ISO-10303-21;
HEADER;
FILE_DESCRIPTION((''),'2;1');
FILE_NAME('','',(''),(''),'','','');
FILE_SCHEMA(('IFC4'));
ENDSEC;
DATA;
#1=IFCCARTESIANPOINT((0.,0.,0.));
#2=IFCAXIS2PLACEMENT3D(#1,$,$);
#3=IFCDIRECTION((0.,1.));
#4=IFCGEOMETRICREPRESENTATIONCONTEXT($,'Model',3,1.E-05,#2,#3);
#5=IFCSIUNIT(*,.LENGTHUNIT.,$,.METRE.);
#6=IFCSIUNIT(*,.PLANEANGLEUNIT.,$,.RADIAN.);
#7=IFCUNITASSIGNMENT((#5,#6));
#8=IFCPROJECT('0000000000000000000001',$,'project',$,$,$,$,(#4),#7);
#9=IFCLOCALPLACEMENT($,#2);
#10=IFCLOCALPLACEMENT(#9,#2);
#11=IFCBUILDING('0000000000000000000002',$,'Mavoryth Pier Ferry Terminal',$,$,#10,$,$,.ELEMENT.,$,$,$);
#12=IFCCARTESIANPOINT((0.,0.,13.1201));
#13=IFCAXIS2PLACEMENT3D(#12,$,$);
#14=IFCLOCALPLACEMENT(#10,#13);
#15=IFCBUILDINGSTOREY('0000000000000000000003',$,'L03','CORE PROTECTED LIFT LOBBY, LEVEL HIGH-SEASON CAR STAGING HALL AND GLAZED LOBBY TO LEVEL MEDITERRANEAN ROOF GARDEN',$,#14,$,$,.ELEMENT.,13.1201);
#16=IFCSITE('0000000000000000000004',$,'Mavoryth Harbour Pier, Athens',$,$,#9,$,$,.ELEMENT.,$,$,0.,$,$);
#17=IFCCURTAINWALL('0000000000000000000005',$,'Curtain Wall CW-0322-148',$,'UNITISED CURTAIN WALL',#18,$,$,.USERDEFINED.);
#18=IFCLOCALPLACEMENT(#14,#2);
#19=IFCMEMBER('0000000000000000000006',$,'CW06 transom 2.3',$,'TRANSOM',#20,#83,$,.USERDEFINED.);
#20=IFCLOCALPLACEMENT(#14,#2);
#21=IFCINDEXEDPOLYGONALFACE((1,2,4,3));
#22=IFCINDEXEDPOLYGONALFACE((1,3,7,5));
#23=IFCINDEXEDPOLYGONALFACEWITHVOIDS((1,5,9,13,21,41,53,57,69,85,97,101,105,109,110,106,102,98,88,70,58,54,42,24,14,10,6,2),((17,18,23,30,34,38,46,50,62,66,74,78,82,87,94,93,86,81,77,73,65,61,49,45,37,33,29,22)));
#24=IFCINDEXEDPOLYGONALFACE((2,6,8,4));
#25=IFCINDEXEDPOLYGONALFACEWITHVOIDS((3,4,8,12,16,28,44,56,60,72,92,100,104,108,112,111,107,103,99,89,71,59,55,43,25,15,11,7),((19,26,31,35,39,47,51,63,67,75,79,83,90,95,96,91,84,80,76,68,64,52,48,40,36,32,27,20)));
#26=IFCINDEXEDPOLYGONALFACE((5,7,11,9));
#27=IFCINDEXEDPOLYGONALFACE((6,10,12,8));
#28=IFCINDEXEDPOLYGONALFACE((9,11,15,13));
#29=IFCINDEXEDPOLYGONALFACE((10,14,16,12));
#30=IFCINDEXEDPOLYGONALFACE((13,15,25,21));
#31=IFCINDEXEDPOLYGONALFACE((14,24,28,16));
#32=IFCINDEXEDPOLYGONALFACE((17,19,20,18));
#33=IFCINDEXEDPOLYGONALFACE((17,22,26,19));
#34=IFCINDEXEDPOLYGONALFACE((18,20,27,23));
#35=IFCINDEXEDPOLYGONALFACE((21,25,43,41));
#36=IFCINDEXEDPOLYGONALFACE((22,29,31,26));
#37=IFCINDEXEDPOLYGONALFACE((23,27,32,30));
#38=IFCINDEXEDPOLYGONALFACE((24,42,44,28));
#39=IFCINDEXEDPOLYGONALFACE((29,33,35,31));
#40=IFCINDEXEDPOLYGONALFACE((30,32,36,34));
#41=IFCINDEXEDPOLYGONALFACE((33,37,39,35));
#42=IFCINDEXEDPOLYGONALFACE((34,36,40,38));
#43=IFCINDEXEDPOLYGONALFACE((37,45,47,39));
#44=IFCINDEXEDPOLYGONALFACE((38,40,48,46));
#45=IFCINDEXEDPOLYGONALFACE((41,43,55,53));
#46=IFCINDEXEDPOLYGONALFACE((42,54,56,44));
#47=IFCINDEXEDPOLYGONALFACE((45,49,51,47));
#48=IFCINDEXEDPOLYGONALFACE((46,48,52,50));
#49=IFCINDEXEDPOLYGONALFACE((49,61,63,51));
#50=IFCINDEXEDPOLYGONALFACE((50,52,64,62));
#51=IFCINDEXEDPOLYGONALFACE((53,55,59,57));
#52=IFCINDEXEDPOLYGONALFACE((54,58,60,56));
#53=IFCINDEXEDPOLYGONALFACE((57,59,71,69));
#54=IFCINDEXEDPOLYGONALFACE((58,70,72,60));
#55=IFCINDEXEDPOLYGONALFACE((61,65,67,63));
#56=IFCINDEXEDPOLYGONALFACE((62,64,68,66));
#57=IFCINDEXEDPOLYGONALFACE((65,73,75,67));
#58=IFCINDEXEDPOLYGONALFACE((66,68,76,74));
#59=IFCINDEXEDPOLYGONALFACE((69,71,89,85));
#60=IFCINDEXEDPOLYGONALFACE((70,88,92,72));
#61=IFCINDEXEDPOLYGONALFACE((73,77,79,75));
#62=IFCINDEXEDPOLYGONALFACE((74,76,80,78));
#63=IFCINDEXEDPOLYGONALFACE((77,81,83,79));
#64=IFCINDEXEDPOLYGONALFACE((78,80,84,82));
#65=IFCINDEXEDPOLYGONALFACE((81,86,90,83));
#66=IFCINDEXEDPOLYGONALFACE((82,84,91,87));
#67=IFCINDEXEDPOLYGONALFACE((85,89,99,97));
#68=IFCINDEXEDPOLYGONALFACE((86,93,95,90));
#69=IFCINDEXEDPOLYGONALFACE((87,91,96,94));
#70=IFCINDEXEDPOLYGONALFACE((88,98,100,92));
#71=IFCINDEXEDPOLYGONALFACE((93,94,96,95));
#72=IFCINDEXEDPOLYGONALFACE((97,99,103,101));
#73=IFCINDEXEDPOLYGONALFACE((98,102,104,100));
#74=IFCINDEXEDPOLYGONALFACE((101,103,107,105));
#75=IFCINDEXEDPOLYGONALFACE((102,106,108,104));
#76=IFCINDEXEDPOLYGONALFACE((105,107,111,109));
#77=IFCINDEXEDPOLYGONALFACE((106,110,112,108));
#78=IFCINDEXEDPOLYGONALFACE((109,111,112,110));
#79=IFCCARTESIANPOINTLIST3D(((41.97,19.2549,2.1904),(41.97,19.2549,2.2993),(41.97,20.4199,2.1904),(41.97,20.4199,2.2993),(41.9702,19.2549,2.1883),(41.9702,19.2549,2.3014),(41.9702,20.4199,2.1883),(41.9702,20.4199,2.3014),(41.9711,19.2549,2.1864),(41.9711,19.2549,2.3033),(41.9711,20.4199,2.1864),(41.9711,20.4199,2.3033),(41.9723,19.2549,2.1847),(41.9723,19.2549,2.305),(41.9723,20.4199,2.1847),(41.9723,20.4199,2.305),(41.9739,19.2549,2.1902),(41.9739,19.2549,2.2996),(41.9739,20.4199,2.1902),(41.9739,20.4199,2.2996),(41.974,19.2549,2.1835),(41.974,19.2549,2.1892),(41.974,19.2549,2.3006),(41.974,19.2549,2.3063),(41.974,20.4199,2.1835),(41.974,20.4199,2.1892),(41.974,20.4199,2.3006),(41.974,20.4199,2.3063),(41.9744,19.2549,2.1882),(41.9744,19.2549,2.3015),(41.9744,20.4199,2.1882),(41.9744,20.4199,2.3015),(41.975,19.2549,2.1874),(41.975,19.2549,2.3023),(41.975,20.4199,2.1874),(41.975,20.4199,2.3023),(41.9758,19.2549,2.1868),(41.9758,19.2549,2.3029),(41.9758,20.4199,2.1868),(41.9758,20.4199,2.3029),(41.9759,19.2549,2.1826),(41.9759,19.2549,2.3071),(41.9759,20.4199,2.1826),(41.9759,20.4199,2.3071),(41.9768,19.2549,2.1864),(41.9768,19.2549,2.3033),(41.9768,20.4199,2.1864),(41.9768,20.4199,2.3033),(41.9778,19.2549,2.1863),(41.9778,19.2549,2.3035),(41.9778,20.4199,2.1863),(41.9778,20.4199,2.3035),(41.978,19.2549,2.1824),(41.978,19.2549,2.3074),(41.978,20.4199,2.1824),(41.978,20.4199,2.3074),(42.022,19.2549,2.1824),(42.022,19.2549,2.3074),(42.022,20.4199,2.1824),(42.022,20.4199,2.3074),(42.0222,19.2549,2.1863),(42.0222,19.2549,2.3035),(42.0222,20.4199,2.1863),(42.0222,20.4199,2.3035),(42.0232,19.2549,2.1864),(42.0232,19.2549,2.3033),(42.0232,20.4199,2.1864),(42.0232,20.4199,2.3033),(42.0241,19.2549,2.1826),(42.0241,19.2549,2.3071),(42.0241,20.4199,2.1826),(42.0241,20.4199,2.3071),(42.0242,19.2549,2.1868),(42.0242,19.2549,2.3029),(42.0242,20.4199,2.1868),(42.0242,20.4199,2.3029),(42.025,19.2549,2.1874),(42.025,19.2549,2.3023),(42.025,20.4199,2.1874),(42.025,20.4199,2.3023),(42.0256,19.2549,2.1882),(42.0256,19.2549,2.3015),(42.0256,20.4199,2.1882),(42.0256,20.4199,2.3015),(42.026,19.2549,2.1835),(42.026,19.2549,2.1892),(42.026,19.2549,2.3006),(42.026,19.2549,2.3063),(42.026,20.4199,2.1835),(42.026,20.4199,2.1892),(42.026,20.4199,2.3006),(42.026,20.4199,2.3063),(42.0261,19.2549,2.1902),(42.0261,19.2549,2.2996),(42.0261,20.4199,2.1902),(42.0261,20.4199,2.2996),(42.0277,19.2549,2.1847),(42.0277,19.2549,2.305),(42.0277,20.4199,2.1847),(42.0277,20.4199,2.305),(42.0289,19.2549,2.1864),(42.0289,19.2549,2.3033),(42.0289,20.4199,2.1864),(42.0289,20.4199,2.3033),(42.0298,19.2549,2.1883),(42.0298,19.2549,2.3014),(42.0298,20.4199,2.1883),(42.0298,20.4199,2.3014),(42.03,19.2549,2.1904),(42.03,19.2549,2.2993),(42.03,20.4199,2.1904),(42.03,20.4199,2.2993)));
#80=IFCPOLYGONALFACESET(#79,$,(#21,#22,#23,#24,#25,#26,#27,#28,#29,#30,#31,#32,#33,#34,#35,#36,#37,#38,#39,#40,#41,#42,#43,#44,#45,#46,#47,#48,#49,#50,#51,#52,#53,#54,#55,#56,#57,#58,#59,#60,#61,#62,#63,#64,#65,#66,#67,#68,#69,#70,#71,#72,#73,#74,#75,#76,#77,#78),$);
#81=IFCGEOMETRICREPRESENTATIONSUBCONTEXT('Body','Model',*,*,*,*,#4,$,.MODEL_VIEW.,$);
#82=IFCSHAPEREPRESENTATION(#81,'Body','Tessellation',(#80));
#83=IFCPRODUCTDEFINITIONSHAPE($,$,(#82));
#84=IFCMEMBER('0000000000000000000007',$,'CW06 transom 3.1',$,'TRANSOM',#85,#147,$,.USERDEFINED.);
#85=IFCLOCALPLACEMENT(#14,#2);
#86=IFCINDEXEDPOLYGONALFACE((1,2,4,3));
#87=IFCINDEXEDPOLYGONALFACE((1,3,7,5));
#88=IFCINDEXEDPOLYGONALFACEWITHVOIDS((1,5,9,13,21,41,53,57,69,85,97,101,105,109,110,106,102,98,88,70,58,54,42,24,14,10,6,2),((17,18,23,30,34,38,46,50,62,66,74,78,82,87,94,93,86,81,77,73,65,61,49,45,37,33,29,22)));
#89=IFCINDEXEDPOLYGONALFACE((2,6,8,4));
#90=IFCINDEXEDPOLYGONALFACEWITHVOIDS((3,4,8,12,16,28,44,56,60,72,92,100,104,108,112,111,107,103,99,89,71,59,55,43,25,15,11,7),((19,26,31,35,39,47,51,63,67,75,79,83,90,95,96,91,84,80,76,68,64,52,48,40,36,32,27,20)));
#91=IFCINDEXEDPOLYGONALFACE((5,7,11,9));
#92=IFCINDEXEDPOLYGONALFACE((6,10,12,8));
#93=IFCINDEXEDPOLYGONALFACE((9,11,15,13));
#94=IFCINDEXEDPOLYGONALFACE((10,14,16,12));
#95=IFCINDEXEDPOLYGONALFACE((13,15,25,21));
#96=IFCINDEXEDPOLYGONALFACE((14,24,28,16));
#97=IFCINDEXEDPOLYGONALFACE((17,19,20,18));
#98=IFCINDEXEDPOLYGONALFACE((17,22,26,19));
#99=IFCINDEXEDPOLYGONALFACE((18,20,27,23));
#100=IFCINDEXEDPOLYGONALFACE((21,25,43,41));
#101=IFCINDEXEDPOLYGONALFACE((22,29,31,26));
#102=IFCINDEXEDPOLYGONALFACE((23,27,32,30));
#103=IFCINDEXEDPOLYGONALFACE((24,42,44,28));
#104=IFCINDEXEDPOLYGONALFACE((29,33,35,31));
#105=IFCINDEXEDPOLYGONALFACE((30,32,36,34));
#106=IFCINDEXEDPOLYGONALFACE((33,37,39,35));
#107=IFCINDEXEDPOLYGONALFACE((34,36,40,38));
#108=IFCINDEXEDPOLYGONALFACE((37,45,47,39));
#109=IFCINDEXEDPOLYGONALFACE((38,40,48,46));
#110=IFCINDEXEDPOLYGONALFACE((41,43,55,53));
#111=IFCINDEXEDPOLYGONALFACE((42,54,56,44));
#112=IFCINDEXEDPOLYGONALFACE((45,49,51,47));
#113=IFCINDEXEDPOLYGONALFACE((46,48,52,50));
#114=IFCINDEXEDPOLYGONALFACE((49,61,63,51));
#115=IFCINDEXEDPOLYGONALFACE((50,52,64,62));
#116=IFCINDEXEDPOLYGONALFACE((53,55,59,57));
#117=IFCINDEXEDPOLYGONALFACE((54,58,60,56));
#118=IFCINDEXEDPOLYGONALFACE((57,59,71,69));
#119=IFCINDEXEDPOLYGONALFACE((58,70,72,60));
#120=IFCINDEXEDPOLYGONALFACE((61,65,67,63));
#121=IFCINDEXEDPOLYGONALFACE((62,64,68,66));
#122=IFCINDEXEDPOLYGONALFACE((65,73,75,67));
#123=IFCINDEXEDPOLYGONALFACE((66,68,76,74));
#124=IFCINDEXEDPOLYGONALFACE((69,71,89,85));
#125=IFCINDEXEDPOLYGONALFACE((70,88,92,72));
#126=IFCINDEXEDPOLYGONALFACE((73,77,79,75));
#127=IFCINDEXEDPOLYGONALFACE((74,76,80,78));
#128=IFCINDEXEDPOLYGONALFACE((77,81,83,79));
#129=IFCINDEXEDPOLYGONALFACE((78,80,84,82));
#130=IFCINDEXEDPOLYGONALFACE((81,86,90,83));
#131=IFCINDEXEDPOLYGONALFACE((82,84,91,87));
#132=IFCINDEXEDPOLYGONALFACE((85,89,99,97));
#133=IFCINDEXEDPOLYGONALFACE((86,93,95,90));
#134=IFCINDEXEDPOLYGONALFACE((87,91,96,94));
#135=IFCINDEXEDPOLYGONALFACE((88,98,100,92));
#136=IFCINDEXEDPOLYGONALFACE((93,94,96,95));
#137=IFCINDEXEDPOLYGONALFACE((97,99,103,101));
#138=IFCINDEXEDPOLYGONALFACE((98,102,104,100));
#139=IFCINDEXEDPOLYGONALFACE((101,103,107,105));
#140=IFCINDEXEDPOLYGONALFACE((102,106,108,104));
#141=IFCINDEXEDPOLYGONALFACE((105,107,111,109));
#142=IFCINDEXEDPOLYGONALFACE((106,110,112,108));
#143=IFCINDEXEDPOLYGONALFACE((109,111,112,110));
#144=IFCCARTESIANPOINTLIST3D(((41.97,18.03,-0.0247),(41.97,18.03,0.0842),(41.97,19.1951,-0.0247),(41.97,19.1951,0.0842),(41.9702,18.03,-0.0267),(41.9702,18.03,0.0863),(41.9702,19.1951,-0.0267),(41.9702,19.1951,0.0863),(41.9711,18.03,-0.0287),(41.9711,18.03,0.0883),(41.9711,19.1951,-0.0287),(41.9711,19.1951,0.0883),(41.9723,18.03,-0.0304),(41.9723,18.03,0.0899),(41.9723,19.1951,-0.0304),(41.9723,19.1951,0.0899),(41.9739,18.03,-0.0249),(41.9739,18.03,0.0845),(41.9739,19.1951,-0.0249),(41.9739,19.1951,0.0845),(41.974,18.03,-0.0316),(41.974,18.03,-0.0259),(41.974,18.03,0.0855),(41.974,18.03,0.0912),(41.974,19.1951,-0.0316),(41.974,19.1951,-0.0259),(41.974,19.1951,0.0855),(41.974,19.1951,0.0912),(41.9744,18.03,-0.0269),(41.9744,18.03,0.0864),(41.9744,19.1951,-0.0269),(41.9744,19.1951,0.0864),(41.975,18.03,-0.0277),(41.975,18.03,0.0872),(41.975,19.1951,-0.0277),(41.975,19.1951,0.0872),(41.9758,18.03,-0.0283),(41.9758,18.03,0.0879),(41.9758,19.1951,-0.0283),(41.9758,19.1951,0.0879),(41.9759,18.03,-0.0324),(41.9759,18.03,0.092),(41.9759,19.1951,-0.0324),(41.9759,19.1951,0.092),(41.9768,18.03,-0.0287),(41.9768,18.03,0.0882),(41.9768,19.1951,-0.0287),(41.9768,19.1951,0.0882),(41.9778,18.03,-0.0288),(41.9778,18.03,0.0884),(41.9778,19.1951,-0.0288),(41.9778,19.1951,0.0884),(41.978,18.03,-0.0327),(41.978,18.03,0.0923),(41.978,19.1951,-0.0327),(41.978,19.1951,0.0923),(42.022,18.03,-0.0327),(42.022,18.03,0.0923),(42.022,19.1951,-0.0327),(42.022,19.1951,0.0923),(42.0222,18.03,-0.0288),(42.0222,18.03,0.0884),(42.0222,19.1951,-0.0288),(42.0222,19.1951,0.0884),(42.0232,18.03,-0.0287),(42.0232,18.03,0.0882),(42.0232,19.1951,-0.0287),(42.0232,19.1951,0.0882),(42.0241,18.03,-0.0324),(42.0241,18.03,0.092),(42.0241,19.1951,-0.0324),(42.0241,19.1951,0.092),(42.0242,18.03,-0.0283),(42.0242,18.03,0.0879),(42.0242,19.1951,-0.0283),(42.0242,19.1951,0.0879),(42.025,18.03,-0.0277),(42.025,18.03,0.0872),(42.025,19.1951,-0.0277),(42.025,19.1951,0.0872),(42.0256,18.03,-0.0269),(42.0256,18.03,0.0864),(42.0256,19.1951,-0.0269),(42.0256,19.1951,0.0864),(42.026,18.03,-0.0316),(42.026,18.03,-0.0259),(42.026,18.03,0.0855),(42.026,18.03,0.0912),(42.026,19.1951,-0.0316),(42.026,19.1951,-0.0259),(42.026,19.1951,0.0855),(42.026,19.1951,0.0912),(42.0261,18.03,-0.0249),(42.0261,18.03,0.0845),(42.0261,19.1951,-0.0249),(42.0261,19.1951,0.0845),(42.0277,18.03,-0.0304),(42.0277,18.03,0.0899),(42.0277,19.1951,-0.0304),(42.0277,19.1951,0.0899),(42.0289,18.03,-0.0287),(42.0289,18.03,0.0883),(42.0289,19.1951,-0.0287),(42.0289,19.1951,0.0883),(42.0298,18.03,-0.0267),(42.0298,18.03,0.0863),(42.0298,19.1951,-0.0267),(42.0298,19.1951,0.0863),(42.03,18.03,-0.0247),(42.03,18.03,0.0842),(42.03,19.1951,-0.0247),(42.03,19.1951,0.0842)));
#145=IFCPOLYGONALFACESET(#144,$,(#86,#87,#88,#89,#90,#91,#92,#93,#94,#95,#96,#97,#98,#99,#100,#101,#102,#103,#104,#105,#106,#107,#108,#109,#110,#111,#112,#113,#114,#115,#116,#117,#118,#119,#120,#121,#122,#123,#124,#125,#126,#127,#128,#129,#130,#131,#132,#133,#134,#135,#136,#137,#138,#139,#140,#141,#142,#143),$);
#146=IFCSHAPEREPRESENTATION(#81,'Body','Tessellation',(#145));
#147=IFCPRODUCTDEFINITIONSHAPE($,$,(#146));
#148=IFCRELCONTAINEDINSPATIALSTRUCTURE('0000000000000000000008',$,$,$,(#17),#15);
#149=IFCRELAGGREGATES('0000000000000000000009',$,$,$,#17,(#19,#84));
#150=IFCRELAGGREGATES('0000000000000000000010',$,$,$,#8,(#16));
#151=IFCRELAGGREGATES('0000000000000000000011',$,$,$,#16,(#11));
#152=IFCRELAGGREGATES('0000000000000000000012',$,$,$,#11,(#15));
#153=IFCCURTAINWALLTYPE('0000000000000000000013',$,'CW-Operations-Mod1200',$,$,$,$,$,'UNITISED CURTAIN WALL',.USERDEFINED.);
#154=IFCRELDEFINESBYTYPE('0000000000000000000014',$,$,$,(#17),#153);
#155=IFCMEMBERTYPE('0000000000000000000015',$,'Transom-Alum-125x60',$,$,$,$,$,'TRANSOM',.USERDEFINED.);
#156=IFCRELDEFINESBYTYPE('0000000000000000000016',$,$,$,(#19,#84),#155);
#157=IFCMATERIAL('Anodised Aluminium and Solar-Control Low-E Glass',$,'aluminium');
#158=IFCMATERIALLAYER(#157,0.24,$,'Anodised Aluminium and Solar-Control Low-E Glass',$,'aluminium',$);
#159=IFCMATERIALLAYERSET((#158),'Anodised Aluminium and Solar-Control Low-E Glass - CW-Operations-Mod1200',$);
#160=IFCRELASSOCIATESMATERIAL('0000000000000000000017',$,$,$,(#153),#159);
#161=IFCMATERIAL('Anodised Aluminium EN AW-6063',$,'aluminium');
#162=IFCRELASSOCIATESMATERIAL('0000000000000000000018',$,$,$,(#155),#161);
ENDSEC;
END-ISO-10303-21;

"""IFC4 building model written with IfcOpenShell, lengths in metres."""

from ifc_helpers import new_model, si_unit, direction, frame, origin, origin_2d, place, context, subcontext, project, spatial, hollow_rectangle, extrude, material, layer, layer_set, material_profile, profile_set, type_object, element, aggregate, save


model = new_model("IFC4")

# Units and contexts
model_context = context("Model", 3, precision=1e-05, world=origin(), true_north=direction((0.0, 1.0)))
body_context = subcontext(model_context, "Body", "Model", "MODEL_VIEW")
ifc_project = project(units=[si_unit("LENGTHUNIT", "METRE"), si_unit("PLANEANGLEUNIT", "RADIAN")], contexts=[model_context])

# Site, building, storey
site_placement = place(None, origin())
site = spatial("IfcSite", under=ifc_project, at=site_placement, Name="Mavoryth Harbour Pier, Athens", CompositionType="ELEMENT", RefElevation=0.0)
building_placement = place(site_placement, origin())
building = spatial("IfcBuilding", under=site, at=building_placement, Name="Mavoryth Pier Ferry Terminal", CompositionType="ELEMENT")
storey_placement = place(building_placement, frame((0.0, 0.0, 13.1201)))
storey = spatial("IfcBuildingStorey", under=building, at=storey_placement, Name="L03", Description="CORE PROTECTED LIFT LOBBY, LEVEL HIGH-SEASON CAR STAGING HALL AND GLAZED LOBBY TO LEVEL MEDITERRANEAN ROOF GARDEN", CompositionType="ELEMENT", Elevation=13.1201)

# Curtain wall, members
ifc_material_1 = material(Name="Anodised Aluminium and Solar-Control Low-E Glass", Category="aluminium")
ifc_layer_1 = layer(ifc_material_1, 0.24, Name="Anodised Aluminium and Solar-Control Low-E Glass", Category="aluminium")
ifc_layer_set_1 = layer_set([ifc_layer_1], Name="Anodised Aluminium and Solar-Control Low-E Glass - CW-Operations-Mod1200")
curtain_wall_type = type_object("IfcCurtainWallType", Name="CW-Operations-Mod1200", ElementType="UNITISED CURTAIN WALL", PredefinedType="USERDEFINED", material=ifc_layer_set_1)
curtain_wall_placement = place(storey_placement, origin())
curtain_wall = element("IfcCurtainWall", 1, at=curtain_wall_placement, inside=storey, type_object=curtain_wall_type, Name="Curtain Wall CW-0322-148", ObjectType="UNITISED CURTAIN WALL", PredefinedType="USERDEFINED")
ifc_material_2 = material(Name="Anodised Aluminium EN AW-6063", Category="aluminium")
ifc_material_profile_1 = material_profile(ifc_material_2, hollow_rectangle(XDim=0.0601, YDim=0.125, WallThickness=0.0039, InnerFilletRadius=0.0039, OuterFilletRadius=0.0081, at=origin_2d()), Name="AL-TRAN 125x60x4", Category="aluminium")
ifc_profile_set_1 = profile_set([ifc_material_profile_1], Name="Anodised Aluminium EN AW-6063 - AL-TRAN 125x60x4")
member_type_1 = type_object("IfcMemberType", Name="Transom-Alum-125x60", ElementType="TRANSOM", PredefinedType="USERDEFINED", material=ifc_profile_set_1)
member_1_placement = place(storey_placement, frame((42.0, 20.4199, 2.2449), z_axis=(0.0, -1.0, 0.0), x_axis=(1.0, 0.0, 0.0)))
member_1 = element("IfcMember", 2, at=member_1_placement, type_object=member_type_1, Name="CW06 transom 2.3", ObjectType="TRANSOM", PredefinedType="USERDEFINED", context=body_context, shape_type="SweptSolid", body=[
    extrude(hollow_rectangle(XDim=0.0601, YDim=0.125, WallThickness=0.0039, InnerFilletRadius=0.0039, OuterFilletRadius=0.0081, at=origin_2d()), origin(), (0.0, 0.0, 1.0), 1.165),
])
member_2_placement = place(storey_placement, frame((42.0, 19.1951, 0.0298), z_axis=(0.0, -1.0, 0.0), x_axis=(1.0, 0.0, 0.0)))
member_2 = element("IfcMember", 3, at=member_2_placement, type_object=member_type_1, Name="CW06 transom 3.1", ObjectType="TRANSOM", PredefinedType="USERDEFINED", context=body_context, shape_type="SweptSolid", body=[
    extrude(hollow_rectangle(XDim=0.0601, YDim=0.125, WallThickness=0.0039, InnerFilletRadius=0.0039, OuterFilletRadius=0.0081, at=origin_2d()), origin(), (0.0, 0.0, 1.0), 1.165),
])
aggregate(curtain_wall, [member_1, member_2])

save(model, "model.ifc")
